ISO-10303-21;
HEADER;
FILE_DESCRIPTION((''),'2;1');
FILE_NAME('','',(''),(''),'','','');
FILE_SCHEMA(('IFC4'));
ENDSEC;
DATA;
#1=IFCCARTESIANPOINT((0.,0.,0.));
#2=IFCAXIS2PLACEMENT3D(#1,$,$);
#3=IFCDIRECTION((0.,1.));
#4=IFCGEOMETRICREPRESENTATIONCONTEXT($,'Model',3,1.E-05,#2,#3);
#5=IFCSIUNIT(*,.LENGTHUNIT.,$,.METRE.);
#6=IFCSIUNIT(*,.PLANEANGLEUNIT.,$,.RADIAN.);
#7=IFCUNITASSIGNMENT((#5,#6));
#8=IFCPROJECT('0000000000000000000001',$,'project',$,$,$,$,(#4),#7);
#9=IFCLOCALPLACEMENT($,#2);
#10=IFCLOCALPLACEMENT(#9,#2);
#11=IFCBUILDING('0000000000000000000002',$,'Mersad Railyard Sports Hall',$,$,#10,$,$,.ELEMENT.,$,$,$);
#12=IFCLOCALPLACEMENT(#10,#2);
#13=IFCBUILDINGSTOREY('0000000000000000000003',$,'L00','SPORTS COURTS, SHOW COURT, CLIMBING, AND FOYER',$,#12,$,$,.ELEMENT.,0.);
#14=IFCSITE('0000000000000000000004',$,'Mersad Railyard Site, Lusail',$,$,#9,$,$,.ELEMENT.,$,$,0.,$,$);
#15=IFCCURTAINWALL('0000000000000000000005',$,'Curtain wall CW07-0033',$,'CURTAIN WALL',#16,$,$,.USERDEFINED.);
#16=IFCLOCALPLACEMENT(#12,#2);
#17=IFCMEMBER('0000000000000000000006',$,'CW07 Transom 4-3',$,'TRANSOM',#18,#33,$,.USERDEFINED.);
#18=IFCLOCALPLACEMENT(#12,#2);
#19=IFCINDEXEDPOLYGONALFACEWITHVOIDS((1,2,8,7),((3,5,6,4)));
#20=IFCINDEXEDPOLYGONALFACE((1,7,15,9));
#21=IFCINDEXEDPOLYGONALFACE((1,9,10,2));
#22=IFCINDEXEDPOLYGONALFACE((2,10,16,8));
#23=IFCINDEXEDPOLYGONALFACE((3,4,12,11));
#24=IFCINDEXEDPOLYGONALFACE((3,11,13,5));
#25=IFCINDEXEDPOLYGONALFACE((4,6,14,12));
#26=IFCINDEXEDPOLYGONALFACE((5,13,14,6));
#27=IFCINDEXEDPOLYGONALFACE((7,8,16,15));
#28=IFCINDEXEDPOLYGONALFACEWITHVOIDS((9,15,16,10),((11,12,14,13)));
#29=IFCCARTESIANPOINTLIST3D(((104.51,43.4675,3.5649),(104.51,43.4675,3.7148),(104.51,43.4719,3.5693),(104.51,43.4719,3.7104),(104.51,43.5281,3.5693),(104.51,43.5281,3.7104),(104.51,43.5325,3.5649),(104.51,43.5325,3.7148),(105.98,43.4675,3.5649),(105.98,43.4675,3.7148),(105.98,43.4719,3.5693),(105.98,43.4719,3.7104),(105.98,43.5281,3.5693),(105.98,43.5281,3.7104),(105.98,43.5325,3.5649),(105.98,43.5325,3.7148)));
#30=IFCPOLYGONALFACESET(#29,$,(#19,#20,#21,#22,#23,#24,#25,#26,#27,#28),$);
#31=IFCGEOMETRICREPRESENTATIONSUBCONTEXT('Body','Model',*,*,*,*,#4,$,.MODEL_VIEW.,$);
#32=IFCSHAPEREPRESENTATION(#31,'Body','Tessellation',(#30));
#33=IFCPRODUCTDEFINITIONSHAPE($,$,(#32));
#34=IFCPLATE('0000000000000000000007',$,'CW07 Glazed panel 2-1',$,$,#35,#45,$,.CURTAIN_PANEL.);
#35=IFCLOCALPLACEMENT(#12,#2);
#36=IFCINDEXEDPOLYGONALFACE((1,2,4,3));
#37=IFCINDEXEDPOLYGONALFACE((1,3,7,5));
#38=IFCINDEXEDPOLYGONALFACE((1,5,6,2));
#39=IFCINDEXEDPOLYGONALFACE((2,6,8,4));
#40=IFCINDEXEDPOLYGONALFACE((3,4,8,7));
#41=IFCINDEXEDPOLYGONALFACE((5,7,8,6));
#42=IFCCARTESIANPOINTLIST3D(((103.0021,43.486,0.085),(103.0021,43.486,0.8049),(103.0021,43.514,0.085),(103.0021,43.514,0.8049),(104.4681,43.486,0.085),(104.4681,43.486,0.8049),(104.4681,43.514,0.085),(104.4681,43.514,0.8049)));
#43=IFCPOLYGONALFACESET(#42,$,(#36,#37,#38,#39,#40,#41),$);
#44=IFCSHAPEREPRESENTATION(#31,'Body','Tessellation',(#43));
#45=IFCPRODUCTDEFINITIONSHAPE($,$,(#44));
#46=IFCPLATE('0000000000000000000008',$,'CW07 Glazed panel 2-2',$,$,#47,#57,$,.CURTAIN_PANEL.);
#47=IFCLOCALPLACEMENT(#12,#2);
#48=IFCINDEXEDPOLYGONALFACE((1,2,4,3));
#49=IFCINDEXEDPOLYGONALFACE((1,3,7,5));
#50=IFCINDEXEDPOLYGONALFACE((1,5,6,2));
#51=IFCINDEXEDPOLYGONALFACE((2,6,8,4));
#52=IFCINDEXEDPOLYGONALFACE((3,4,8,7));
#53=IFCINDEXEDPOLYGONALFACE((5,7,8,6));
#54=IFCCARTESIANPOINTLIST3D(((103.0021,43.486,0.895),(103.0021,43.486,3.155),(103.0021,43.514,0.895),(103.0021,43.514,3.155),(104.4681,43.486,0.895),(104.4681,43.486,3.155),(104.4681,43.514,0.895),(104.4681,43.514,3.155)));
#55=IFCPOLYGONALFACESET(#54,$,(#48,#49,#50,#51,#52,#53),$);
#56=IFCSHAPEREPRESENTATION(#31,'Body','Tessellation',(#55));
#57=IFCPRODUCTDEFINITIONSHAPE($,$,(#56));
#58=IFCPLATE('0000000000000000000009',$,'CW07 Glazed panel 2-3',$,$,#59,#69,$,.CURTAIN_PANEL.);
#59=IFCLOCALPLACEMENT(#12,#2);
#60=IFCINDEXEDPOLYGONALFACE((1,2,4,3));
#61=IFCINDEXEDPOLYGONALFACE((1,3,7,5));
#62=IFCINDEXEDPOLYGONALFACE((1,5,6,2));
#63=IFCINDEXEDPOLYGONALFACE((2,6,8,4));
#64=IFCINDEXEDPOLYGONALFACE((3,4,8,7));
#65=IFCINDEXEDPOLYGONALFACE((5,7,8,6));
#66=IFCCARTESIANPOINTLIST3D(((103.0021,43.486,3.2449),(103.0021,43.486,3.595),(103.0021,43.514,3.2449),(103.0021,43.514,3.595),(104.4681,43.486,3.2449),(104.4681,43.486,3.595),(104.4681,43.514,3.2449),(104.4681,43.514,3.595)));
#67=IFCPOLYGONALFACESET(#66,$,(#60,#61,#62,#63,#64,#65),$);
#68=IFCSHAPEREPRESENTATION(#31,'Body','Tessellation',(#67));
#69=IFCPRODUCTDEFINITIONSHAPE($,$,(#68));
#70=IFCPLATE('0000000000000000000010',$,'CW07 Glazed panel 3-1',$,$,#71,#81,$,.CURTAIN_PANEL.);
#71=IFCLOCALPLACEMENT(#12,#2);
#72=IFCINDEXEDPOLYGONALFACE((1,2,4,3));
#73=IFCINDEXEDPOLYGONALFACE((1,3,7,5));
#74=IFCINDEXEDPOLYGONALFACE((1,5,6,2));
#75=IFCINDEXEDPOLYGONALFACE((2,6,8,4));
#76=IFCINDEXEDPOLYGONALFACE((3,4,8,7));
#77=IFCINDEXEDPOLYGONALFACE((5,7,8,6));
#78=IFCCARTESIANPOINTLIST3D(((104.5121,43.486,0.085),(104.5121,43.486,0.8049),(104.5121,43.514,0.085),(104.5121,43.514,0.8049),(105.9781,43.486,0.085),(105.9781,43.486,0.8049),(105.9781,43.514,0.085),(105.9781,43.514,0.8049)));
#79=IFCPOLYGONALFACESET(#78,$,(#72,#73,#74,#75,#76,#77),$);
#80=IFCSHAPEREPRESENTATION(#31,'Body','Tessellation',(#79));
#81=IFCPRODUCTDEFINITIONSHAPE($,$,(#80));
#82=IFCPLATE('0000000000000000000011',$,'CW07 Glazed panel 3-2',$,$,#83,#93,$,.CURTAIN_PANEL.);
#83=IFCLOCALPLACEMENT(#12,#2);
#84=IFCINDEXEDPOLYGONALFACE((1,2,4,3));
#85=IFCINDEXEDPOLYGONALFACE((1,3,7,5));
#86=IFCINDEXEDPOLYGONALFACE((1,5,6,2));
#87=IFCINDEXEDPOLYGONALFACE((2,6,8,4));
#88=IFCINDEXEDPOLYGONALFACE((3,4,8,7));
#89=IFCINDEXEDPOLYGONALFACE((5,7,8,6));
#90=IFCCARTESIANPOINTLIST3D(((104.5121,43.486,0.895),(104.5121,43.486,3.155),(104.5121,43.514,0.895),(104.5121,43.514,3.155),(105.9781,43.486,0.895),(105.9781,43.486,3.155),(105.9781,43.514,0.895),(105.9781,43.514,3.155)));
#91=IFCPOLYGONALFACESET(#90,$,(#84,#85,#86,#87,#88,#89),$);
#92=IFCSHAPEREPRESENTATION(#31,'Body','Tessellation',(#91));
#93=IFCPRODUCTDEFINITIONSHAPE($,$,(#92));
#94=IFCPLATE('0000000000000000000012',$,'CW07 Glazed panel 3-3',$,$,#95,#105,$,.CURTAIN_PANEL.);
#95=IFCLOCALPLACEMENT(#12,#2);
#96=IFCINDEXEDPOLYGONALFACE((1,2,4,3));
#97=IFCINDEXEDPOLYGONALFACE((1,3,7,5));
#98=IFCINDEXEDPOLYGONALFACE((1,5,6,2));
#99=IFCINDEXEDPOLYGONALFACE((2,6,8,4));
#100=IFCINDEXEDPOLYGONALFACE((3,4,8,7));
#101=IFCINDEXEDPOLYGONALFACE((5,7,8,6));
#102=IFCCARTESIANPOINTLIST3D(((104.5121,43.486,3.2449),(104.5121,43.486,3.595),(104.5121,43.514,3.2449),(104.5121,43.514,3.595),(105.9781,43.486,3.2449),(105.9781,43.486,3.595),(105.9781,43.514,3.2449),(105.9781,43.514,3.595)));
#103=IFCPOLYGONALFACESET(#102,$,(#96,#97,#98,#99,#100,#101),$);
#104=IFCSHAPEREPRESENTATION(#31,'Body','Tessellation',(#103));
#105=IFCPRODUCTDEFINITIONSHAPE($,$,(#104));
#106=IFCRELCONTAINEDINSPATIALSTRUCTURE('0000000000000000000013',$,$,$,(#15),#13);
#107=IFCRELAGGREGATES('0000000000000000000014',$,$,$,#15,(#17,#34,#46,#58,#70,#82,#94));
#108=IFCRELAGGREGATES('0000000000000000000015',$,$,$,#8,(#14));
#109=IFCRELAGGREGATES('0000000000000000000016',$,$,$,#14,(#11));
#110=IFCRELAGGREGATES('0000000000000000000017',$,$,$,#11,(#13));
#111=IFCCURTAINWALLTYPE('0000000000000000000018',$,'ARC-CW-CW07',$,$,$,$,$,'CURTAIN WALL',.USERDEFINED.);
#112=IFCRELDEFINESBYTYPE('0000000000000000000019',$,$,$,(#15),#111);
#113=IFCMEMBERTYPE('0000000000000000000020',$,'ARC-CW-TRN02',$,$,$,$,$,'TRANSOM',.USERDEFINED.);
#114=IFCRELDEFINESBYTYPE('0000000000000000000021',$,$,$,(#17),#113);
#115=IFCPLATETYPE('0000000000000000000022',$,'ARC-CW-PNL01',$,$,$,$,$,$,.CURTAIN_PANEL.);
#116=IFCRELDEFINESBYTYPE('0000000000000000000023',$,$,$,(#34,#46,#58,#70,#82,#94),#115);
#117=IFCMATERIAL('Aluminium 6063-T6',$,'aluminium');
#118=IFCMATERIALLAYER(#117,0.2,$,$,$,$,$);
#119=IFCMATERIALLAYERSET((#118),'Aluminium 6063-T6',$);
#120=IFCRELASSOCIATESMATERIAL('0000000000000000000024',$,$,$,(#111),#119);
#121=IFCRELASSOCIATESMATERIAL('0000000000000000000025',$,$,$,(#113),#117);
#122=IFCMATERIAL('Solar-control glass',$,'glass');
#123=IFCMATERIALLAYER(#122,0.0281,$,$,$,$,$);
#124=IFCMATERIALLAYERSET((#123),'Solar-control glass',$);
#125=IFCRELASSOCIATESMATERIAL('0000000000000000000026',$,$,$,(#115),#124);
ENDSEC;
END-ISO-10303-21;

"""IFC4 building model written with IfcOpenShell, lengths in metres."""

from ifc_helpers import new_model, si_unit, direction, frame, origin, origin_2d, place, context, subcontext, project, spatial, rectangle, hollow_rectangle, extrude, material, layer, layer_set, material_profile, profile_set, type_object, element, aggregate, save


model = new_model("IFC4")

# Units and contexts
model_context = context("Model", 3, precision=1e-05, world=origin(), true_north=direction((0.0, 1.0)))
body_context = subcontext(model_context, "Body", "Model", "MODEL_VIEW")
ifc_project = project(units=[si_unit("LENGTHUNIT", "METRE"), si_unit("PLANEANGLEUNIT", "RADIAN")], contexts=[model_context])

# Site, building, storey
site_placement = place(None, origin())
site = spatial("IfcSite", under=ifc_project, at=site_placement, Name="Mersad Railyard Site, Lusail", CompositionType="ELEMENT", RefElevation=0.0)
building_placement = place(site_placement, origin())
building = spatial("IfcBuilding", under=site, at=building_placement, Name="Mersad Railyard Sports Hall", CompositionType="ELEMENT")
storey_placement = place(building_placement, origin())
storey = spatial("IfcBuildingStorey", under=building, at=storey_placement, Name="L00", Description="SPORTS COURTS, SHOW COURT, CLIMBING, AND FOYER", CompositionType="ELEMENT", Elevation=0.0)

# Curtain wall, member, plates
ifc_material_1 = material(Name="Aluminium 6063-T6", Category="aluminium")
ifc_layer_1 = layer(ifc_material_1, 0.2)
ifc_layer_set_1 = layer_set([ifc_layer_1], Name="Aluminium 6063-T6")
curtain_wall_type = type_object("IfcCurtainWallType", Name="ARC-CW-CW07", ElementType="CURTAIN WALL", PredefinedType="USERDEFINED", material=ifc_layer_set_1)
curtain_wall_placement = place(storey_placement, origin())
curtain_wall = element("IfcCurtainWall", 1, at=curtain_wall_placement, inside=storey, type_object=curtain_wall_type, Name="Curtain wall CW07-0033", ObjectType="CURTAIN WALL", PredefinedType="USERDEFINED")
ifc_material_profile_1 = material_profile(ifc_material_1, hollow_rectangle(XDim=0.0649, YDim=0.1499, WallThickness=0.0044, at=origin_2d()), Name="AL TRANSOM 65x150x4.5")
ifc_profile_set_1 = profile_set([ifc_material_profile_1], Name="Aluminium 6063-T6")
member_type_1 = type_object("IfcMemberType", Name="ARC-CW-TRN02", ElementType="TRANSOM", PredefinedType="USERDEFINED", material=ifc_profile_set_1)
member_1_placement = place(storey_placement, frame((104.51, 43.5, 3.6399), z_axis=(1.0, 0.0, 0.0), x_axis=(0.0, 1.0, 0.0)))
member_1 = element("IfcMember", 2, at=member_1_placement, type_object=member_type_1, Name="CW07 Transom 4-3", ObjectType="TRANSOM", PredefinedType="USERDEFINED", context=body_context, shape_type="SweptSolid", body=[
    extrude(hollow_rectangle(XDim=0.0649, YDim=0.1499, WallThickness=0.0044, at=origin_2d()), origin(), (0.0, 0.0, 1.0), 1.47),
])
ifc_material_2 = material(Name="Solar-control glass", Category="glass")
ifc_layer_2 = layer(ifc_material_2, 0.0281)
ifc_layer_set_2 = layer_set([ifc_layer_2], Name="Solar-control glass")
plate_type = type_object("IfcPlateType", Name="ARC-CW-PNL01", PredefinedType="CURTAIN_PANEL", material=ifc_layer_set_2)
plate_1_placement = place(storey_placement, frame((103.7351, 43.5, 0.085), z_axis=(0.0, 0.0, 1.0), x_axis=(1.0, 0.0, 0.0)))
plate_1 = element("IfcPlate", 3, at=plate_1_placement, type_object=plate_type, Name="CW07 Glazed panel 2-1", PredefinedType="CURTAIN_PANEL", context=body_context, shape_type="SweptSolid", body=[
    extrude(rectangle(XDim=1.4661, YDim=0.0281, at=origin_2d()), origin(), (0.0, 0.0, 1.0), 0.72),
])
plate_2_placement = place(storey_placement, frame((103.7351, 43.5, 0.895), z_axis=(0.0, 0.0, 1.0), x_axis=(1.0, 0.0, 0.0)))
plate_2 = element("IfcPlate", 4, at=plate_2_placement, type_object=plate_type, Name="CW07 Glazed panel 2-2", PredefinedType="CURTAIN_PANEL", context=body_context, shape_type="SweptSolid", body=[
    extrude(rectangle(XDim=1.4661, YDim=0.0281, at=origin_2d()), origin(), (0.0, 0.0, 1.0), 2.26),
])
plate_3_placement = place(storey_placement, frame((103.7351, 43.5, 3.2449), z_axis=(0.0, 0.0, 1.0), x_axis=(1.0, 0.0, 0.0)))
plate_3 = element("IfcPlate", 5, at=plate_3_placement, type_object=plate_type, Name="CW07 Glazed panel 2-3", PredefinedType="CURTAIN_PANEL", context=body_context, shape_type="SweptSolid", body=[
    extrude(rectangle(XDim=1.4661, YDim=0.0281, at=origin_2d()), origin(), (0.0, 0.0, 1.0), 0.3501),
])
plate_4_placement = place(storey_placement, frame((105.2451, 43.5, 0.085), z_axis=(0.0, 0.0, 1.0), x_axis=(1.0, 0.0, 0.0)))
plate_4 = element("IfcPlate", 6, at=plate_4_placement, type_object=plate_type, Name="CW07 Glazed panel 3-1", PredefinedType="CURTAIN_PANEL", context=body_context, shape_type="SweptSolid", body=[
    extrude(rectangle(XDim=1.4661, YDim=0.0281, at=origin_2d()), origin(), (0.0, 0.0, 1.0), 0.72),
])
plate_5_placement = place(storey_placement, frame((105.2451, 43.5, 0.895), z_axis=(0.0, 0.0, 1.0), x_axis=(1.0, 0.0, 0.0)))
plate_5 = element("IfcPlate", 7, at=plate_5_placement, type_object=plate_type, Name="CW07 Glazed panel 3-2", PredefinedType="CURTAIN_PANEL", context=body_context, shape_type="SweptSolid", body=[
    extrude(rectangle(XDim=1.4661, YDim=0.0281, at=origin_2d()), origin(), (0.0, 0.0, 1.0), 2.26),
])
plate_6_placement = place(storey_placement, frame((105.2451, 43.5, 3.2449), z_axis=(0.0, 0.0, 1.0), x_axis=(1.0, 0.0, 0.0)))
plate_6 = element("IfcPlate", 8, at=plate_6_placement, type_object=plate_type, Name="CW07 Glazed panel 3-3", PredefinedType="CURTAIN_PANEL", context=body_context, shape_type="SweptSolid", body=[
    extrude(rectangle(XDim=1.4661, YDim=0.0281, at=origin_2d()), origin(), (0.0, 0.0, 1.0), 0.3501),
])
aggregate(curtain_wall, [member_1, plate_1, plate_2, plate_3, plate_4, plate_5, plate_6])

save(model, "model.ifc")
